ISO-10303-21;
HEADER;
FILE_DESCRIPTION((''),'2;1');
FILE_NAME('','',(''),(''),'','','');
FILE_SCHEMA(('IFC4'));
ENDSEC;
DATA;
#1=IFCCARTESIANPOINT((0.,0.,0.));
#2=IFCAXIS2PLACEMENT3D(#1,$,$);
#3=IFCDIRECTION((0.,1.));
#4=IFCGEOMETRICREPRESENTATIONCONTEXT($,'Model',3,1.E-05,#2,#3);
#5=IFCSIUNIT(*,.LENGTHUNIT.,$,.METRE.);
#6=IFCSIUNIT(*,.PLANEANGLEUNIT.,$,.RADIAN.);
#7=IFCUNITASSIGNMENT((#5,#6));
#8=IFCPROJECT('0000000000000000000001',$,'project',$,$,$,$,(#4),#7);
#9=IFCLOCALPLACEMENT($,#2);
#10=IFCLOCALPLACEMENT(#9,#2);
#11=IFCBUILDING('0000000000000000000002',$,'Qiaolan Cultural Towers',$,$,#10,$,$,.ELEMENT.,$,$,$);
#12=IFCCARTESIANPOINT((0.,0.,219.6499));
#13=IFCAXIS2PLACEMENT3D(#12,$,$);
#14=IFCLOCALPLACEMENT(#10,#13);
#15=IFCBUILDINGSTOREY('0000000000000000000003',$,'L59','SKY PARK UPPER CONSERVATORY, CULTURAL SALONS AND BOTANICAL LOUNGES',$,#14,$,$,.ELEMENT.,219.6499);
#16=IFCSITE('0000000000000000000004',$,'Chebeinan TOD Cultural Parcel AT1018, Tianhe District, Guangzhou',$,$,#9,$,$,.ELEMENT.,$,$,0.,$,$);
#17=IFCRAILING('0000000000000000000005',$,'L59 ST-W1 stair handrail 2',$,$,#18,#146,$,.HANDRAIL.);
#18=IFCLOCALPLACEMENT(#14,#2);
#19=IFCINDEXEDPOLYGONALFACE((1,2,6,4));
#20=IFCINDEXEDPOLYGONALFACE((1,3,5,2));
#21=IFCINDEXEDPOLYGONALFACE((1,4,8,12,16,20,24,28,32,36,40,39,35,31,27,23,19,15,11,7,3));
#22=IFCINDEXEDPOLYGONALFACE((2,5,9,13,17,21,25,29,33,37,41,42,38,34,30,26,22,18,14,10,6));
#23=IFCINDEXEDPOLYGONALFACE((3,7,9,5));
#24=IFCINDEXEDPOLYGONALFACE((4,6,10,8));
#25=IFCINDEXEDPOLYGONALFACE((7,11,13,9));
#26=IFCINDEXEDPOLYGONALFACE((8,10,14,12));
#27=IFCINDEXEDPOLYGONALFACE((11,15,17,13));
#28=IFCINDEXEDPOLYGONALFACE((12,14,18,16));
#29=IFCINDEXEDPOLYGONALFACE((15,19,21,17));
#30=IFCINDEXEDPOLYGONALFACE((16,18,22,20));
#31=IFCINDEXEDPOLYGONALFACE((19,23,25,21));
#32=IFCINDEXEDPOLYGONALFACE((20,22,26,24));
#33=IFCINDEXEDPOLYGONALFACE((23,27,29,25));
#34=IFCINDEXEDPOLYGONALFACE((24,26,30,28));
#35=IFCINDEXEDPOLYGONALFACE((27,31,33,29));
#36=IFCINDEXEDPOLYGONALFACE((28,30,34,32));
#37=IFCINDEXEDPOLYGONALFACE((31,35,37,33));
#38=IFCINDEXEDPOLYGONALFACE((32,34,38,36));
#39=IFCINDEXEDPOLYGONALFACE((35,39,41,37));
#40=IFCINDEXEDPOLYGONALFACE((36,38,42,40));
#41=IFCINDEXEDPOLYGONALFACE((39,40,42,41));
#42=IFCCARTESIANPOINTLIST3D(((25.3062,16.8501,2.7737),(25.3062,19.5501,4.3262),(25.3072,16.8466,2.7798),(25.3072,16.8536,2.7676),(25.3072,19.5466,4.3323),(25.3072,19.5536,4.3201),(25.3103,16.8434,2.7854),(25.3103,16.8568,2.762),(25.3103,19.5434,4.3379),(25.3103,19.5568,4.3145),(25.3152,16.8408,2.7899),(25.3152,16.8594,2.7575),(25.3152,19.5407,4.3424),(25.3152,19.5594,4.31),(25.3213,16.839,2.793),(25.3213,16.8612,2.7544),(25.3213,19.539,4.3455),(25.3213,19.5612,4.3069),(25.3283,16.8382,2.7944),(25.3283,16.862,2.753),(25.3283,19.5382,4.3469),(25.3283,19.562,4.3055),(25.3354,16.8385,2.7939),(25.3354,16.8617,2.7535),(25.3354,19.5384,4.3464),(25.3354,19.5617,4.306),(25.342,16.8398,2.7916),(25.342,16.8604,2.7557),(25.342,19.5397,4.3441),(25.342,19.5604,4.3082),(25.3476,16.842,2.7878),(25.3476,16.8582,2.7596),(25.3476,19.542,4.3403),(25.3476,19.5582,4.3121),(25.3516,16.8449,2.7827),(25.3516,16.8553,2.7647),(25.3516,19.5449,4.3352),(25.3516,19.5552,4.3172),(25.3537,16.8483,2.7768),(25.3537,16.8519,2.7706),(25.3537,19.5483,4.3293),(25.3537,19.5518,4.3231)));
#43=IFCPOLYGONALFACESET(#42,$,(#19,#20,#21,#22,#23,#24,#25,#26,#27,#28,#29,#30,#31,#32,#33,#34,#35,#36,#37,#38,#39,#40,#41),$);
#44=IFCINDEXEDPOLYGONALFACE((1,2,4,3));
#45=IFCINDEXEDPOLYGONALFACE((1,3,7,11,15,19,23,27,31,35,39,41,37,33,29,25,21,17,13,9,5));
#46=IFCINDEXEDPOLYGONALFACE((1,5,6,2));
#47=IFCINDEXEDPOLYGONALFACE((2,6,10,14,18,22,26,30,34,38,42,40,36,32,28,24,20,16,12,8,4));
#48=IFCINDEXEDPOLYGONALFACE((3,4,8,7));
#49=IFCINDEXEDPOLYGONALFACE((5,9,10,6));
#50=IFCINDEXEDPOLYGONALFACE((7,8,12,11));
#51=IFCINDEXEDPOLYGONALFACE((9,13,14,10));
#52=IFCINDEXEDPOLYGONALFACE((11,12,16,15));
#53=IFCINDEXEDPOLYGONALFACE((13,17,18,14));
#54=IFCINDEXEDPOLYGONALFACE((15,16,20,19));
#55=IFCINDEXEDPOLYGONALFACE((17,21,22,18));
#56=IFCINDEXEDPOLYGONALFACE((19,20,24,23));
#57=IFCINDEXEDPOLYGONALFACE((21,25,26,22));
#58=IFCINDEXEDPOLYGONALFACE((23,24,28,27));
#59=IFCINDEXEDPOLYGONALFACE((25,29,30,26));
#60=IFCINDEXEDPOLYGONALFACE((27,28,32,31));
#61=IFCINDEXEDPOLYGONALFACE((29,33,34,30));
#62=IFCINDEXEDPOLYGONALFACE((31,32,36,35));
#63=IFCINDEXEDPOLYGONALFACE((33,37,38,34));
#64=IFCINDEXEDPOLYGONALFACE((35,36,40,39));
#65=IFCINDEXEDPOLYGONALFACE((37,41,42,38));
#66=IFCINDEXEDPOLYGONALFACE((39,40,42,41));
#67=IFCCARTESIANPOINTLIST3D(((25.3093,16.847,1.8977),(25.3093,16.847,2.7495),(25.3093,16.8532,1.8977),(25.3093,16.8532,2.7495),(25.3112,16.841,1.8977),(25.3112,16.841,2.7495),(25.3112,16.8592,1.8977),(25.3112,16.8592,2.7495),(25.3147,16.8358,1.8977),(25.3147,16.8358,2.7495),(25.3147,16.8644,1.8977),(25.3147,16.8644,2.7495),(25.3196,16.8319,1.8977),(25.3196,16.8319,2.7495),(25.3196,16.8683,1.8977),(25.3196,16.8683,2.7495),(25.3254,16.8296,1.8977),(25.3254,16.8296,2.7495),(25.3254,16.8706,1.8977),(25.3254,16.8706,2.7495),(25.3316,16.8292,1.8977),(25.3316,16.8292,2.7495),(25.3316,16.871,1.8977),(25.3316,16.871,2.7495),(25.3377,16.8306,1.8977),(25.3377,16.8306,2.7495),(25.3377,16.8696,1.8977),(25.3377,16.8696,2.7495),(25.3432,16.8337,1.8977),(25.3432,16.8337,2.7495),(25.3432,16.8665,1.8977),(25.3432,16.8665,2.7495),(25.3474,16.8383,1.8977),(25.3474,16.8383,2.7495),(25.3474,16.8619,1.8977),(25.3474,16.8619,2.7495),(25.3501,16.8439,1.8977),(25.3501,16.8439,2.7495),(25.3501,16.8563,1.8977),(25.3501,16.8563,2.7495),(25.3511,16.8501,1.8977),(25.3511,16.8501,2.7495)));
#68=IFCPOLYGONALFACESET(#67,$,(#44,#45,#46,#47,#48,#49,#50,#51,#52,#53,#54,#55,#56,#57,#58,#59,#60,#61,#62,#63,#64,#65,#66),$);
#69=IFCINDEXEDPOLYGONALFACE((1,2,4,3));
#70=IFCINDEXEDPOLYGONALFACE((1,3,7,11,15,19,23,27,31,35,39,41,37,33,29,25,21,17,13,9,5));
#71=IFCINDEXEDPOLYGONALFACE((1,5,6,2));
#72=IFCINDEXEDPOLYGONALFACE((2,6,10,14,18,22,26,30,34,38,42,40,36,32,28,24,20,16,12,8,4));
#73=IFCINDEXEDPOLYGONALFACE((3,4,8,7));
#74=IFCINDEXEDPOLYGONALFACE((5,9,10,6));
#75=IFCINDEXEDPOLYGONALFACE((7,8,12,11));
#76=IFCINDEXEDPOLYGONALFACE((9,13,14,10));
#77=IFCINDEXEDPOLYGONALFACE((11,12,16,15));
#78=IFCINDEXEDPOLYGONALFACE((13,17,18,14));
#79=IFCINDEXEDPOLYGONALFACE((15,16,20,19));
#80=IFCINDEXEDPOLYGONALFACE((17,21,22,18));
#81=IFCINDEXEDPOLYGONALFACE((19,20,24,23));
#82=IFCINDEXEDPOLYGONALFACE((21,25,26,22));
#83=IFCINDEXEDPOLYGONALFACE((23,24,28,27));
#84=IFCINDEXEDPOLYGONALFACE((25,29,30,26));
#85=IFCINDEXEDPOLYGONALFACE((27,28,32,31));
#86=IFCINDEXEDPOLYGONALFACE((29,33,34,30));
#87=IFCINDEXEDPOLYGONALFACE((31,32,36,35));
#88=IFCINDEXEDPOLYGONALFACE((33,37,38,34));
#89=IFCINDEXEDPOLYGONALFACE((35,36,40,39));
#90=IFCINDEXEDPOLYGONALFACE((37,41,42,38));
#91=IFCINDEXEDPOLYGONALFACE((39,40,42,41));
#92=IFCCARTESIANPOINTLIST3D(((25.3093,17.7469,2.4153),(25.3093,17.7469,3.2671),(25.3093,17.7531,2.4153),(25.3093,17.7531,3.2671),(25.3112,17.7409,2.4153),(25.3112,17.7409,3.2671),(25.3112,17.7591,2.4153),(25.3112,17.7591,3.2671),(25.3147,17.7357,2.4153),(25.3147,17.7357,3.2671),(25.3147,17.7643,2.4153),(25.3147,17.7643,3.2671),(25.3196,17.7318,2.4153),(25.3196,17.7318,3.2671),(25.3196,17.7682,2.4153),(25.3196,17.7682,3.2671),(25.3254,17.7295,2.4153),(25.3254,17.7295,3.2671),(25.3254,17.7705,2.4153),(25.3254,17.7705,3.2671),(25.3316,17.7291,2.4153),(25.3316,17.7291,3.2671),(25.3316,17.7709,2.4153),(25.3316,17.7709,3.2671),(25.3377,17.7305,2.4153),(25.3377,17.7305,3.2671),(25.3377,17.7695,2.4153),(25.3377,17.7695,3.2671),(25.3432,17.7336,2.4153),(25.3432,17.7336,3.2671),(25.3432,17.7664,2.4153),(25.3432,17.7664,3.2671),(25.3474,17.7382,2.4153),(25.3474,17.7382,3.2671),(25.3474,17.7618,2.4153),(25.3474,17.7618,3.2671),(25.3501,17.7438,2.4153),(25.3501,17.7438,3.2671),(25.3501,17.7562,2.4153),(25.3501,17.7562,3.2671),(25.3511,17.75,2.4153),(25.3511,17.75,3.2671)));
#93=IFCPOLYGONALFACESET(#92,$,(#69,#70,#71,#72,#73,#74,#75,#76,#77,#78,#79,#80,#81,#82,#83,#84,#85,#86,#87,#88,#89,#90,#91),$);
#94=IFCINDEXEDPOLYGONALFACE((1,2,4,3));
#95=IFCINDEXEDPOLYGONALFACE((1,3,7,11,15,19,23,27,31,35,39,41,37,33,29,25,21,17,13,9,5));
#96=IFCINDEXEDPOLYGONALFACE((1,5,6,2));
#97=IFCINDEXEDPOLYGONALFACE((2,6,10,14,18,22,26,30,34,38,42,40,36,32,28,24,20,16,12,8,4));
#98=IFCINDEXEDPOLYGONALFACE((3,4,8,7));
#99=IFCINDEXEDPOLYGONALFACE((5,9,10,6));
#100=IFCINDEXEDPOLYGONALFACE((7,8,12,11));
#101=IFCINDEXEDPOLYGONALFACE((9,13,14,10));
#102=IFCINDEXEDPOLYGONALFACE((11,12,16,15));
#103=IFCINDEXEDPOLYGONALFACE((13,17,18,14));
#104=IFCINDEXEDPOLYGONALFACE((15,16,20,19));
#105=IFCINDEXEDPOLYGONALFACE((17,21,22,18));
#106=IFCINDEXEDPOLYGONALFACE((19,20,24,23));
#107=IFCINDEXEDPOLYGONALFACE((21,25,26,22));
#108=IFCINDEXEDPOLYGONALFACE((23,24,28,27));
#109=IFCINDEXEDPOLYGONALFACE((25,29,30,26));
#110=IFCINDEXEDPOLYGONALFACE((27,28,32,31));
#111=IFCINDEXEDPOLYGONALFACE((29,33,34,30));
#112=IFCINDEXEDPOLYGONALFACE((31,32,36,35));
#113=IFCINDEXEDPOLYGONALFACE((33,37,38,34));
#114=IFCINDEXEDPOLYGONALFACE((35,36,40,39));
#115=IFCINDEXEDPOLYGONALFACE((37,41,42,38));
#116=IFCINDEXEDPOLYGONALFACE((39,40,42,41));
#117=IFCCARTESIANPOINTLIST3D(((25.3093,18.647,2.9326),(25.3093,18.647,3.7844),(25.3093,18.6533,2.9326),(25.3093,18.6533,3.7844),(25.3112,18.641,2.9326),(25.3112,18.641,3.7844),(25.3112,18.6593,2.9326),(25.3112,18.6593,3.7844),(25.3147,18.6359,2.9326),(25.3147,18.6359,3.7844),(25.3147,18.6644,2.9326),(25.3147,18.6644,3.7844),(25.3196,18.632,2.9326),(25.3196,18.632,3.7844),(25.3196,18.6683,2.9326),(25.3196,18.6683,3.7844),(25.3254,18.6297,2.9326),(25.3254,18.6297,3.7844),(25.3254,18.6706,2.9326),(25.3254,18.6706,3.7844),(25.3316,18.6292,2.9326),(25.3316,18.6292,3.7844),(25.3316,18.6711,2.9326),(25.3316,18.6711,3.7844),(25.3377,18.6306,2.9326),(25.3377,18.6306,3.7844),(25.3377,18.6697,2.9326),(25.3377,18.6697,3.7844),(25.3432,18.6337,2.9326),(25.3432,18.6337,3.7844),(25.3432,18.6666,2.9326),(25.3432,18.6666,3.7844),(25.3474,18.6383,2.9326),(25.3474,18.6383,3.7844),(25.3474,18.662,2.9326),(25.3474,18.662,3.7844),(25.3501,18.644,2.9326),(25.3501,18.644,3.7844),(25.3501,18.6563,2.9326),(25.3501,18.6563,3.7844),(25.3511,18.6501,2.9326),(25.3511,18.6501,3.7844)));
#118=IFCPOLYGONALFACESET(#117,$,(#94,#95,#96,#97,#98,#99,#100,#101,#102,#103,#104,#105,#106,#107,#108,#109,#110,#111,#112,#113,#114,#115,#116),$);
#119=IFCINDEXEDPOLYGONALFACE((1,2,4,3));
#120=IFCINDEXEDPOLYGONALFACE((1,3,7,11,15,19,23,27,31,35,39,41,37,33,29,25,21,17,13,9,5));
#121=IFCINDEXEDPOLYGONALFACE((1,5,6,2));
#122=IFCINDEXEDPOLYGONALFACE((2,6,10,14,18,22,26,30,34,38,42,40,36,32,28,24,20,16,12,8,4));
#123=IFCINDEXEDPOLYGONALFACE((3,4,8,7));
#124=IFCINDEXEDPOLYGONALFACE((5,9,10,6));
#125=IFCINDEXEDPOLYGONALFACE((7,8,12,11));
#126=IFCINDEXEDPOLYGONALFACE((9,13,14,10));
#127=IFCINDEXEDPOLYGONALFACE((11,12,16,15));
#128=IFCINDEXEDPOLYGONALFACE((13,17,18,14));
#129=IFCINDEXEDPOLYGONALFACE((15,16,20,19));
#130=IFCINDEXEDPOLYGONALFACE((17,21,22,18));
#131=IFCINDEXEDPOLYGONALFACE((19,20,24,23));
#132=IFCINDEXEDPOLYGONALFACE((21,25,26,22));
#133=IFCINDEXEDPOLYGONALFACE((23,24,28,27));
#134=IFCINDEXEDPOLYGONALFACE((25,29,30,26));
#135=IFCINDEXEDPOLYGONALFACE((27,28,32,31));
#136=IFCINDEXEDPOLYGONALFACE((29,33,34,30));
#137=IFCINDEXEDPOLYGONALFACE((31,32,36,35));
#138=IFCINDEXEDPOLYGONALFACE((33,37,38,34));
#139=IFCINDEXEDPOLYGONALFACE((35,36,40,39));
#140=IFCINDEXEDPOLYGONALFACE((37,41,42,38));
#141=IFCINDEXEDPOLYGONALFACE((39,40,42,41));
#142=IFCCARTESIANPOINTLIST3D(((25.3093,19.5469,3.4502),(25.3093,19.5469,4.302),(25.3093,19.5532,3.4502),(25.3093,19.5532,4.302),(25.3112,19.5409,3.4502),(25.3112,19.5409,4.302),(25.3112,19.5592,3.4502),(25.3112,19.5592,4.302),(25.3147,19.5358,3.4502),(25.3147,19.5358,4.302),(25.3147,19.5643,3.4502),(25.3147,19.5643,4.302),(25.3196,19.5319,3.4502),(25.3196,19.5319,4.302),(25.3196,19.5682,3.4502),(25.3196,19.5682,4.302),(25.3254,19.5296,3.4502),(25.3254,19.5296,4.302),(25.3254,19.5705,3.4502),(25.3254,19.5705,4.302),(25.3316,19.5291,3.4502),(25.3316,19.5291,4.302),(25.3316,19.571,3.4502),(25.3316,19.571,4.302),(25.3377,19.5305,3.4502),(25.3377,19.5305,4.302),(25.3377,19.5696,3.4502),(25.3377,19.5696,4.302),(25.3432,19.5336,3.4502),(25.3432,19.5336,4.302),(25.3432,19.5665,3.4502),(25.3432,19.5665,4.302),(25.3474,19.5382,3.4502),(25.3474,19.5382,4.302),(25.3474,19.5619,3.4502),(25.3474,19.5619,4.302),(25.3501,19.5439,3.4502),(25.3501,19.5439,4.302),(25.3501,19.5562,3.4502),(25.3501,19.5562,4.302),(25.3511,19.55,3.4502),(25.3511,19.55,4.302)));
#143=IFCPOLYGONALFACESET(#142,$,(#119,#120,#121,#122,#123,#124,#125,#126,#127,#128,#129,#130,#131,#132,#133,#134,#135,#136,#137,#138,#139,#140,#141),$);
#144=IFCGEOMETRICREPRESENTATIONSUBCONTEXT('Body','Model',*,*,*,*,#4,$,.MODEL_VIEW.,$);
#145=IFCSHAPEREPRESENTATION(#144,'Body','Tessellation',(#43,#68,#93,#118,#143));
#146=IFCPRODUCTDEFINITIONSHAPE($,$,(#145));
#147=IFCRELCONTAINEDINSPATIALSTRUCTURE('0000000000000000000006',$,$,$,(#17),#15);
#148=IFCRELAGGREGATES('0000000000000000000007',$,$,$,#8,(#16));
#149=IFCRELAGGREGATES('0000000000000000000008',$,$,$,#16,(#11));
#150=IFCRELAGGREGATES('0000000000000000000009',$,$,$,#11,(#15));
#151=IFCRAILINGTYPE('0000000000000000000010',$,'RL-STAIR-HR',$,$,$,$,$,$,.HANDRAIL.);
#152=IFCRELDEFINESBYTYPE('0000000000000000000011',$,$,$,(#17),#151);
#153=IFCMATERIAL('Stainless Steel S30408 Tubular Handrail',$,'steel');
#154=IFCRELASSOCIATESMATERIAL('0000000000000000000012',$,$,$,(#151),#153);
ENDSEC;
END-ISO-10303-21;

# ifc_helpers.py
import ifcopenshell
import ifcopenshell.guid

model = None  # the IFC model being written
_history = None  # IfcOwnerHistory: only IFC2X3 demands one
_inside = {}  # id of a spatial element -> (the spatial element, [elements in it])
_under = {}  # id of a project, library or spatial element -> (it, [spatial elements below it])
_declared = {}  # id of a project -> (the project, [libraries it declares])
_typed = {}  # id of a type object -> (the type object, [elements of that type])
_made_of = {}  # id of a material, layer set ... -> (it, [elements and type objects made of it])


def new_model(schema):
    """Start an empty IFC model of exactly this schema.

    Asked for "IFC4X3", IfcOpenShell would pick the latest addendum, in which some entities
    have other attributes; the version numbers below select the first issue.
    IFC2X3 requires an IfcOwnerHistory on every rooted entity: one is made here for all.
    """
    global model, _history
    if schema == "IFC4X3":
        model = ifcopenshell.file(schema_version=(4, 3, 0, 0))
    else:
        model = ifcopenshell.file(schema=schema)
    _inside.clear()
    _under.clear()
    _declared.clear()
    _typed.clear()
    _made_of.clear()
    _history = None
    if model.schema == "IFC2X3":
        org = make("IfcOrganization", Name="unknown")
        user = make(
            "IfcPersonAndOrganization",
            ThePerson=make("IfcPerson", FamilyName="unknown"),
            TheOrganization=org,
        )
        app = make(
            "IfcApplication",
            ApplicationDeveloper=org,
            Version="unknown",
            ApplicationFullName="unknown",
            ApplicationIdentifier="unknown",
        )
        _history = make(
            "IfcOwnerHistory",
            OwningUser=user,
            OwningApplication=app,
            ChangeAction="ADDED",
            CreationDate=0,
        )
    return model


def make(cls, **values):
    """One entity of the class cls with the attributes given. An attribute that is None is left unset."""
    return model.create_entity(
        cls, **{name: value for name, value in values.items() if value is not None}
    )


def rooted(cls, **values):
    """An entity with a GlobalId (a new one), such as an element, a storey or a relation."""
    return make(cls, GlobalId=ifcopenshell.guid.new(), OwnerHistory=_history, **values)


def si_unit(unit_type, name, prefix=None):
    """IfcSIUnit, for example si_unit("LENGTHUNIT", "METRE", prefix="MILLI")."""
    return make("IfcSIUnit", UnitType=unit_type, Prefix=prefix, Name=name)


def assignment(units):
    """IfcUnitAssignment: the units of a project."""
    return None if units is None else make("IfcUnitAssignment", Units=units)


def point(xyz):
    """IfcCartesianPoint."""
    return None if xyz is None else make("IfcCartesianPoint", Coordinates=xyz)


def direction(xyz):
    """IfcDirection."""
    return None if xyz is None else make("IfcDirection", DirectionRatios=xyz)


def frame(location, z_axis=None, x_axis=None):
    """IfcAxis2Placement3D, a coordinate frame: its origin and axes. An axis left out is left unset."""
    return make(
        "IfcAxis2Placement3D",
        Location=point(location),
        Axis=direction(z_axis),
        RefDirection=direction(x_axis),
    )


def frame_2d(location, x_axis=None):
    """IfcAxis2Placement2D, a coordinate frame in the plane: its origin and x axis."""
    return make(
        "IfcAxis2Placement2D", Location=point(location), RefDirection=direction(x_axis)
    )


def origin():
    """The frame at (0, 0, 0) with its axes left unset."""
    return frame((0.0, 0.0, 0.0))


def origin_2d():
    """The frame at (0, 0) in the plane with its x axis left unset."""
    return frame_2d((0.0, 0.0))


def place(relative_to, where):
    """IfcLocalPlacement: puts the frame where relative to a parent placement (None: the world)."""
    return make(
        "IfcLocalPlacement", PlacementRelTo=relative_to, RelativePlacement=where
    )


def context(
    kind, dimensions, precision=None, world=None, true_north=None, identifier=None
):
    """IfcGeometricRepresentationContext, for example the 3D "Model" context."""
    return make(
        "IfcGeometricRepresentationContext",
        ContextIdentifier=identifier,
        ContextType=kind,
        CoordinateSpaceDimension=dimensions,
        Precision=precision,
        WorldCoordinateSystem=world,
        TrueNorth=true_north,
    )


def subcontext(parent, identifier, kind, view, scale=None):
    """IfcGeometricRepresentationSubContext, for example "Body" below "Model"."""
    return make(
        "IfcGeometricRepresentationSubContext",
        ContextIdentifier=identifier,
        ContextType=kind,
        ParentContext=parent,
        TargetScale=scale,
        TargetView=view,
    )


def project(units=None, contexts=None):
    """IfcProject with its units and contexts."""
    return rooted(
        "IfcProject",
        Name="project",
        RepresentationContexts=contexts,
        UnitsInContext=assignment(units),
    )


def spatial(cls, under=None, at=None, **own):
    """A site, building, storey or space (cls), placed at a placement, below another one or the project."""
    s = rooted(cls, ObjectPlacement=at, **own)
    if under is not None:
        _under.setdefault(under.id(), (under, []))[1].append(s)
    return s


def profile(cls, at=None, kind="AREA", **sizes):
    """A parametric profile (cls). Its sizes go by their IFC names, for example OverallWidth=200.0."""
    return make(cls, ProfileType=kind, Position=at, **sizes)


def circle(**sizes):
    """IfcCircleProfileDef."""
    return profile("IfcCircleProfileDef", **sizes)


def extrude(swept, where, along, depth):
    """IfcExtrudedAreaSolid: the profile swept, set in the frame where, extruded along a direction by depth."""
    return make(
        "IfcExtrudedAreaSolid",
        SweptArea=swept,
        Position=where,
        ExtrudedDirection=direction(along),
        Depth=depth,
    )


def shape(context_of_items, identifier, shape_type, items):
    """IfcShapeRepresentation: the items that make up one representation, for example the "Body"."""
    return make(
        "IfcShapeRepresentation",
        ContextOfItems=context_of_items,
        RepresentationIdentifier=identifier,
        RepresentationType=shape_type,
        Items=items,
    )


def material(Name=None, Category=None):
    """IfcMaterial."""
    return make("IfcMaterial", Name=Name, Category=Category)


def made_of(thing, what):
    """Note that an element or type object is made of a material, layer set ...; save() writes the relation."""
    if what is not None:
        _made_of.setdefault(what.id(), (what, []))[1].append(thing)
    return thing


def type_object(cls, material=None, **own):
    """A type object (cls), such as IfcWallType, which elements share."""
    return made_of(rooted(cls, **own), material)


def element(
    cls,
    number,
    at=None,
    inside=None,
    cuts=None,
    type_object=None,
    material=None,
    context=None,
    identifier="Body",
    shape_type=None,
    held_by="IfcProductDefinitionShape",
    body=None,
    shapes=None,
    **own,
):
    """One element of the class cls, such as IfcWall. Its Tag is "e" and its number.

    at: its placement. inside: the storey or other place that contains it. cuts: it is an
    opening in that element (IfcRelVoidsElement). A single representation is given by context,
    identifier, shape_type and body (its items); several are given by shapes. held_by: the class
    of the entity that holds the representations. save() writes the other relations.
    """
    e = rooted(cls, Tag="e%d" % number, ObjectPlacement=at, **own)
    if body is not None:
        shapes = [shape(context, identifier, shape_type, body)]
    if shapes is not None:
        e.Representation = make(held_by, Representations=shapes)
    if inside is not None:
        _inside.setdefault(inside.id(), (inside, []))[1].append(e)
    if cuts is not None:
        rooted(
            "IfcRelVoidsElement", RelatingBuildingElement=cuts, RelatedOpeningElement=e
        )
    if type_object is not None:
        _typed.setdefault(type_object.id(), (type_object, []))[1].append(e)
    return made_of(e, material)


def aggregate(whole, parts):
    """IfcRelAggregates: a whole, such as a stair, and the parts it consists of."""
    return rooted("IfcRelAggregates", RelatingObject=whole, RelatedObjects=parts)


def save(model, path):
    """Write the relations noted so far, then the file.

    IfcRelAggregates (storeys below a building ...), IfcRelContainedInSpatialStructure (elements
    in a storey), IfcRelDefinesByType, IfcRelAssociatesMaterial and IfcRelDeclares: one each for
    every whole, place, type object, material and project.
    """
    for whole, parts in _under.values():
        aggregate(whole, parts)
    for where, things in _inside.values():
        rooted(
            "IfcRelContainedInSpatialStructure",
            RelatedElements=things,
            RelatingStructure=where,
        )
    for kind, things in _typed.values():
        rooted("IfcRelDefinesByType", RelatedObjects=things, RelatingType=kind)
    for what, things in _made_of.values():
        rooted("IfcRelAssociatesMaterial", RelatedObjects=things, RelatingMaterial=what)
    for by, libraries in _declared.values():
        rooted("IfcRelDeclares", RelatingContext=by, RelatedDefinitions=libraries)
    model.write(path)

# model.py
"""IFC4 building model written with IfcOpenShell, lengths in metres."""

from ifc_helpers import new_model, si_unit, direction, frame, origin, origin_2d, place, context, subcontext, project, spatial, circle, extrude, material, type_object, element, save


model = new_model("IFC4")

# Units and contexts
model_context = context("Model", 3, precision=1e-05, world=origin(), true_north=direction((0.0, 1.0)))
body_context = subcontext(model_context, "Body", "Model", "MODEL_VIEW")
ifc_project = project(units=[si_unit("LENGTHUNIT", "METRE"), si_unit("PLANEANGLEUNIT", "RADIAN")], contexts=[model_context])

# Site, building, storey
site_placement = place(None, origin())
site = spatial("IfcSite", under=ifc_project, at=site_placement, Name="Chebeinan TOD Cultural Parcel AT1018, Tianhe District, Guangzhou", CompositionType="ELEMENT", RefElevation=0.0)
building_placement = place(site_placement, origin())
building = spatial("IfcBuilding", under=site, at=building_placement, Name="Qiaolan Cultural Towers", CompositionType="ELEMENT")
storey_placement = place(building_placement, frame((0.0, 0.0, 219.6499)))
storey = spatial("IfcBuildingStorey", under=building, at=storey_placement, Name="L59", Description="SKY PARK UPPER CONSERVATORY, CULTURAL SALONS AND BOTANICAL LOUNGES", CompositionType="ELEMENT", Elevation=219.6499)

# Railing
ifc_material_1 = material(Name="Stainless Steel S30408 Tubular Handrail", Category="steel")
railing_type_1 = type_object("IfcRailingType", Name="RL-STAIR-HR", PredefinedType="HANDRAIL", material=ifc_material_1)
railing_1_placement = place(storey_placement, frame((25.3301, 16.8501, 1.8977)))
element("IfcRailing", 1, at=railing_1_placement, inside=storey, type_object=railing_type_1, Name="L59 ST-W1 stair handrail 2", PredefinedType="HANDRAIL", context=body_context, shape_type="SweptSolid", body=[
    extrude(circle(Radius=0.0239, at=origin_2d()), frame((0.0, 0.0, 0.876), z_axis=(0.0, 0.866904, 0.498476), x_axis=(-1.0, 0.0, 0.0)), (0.0, 0.0, 1.0), 3.1145),
    extrude(circle(Radius=0.021, at=origin_2d()), origin(), (0.0, 0.0, 1.0), 0.8518),
    extrude(circle(Radius=0.021, at=origin_2d()), frame((0.0, 0.8999, 0.5176)), (0.0, 0.0, 1.0), 0.8518),
    extrude(circle(Radius=0.021, at=origin_2d()), frame((0.0, 1.8, 1.0349)), (0.0, 0.0, 1.0), 0.8518),
    extrude(circle(Radius=0.021, at=origin_2d()), frame((0.0, 2.7, 1.5525)), (0.0, 0.0, 1.0), 0.8518),
])

save(model, "model.ifc")
